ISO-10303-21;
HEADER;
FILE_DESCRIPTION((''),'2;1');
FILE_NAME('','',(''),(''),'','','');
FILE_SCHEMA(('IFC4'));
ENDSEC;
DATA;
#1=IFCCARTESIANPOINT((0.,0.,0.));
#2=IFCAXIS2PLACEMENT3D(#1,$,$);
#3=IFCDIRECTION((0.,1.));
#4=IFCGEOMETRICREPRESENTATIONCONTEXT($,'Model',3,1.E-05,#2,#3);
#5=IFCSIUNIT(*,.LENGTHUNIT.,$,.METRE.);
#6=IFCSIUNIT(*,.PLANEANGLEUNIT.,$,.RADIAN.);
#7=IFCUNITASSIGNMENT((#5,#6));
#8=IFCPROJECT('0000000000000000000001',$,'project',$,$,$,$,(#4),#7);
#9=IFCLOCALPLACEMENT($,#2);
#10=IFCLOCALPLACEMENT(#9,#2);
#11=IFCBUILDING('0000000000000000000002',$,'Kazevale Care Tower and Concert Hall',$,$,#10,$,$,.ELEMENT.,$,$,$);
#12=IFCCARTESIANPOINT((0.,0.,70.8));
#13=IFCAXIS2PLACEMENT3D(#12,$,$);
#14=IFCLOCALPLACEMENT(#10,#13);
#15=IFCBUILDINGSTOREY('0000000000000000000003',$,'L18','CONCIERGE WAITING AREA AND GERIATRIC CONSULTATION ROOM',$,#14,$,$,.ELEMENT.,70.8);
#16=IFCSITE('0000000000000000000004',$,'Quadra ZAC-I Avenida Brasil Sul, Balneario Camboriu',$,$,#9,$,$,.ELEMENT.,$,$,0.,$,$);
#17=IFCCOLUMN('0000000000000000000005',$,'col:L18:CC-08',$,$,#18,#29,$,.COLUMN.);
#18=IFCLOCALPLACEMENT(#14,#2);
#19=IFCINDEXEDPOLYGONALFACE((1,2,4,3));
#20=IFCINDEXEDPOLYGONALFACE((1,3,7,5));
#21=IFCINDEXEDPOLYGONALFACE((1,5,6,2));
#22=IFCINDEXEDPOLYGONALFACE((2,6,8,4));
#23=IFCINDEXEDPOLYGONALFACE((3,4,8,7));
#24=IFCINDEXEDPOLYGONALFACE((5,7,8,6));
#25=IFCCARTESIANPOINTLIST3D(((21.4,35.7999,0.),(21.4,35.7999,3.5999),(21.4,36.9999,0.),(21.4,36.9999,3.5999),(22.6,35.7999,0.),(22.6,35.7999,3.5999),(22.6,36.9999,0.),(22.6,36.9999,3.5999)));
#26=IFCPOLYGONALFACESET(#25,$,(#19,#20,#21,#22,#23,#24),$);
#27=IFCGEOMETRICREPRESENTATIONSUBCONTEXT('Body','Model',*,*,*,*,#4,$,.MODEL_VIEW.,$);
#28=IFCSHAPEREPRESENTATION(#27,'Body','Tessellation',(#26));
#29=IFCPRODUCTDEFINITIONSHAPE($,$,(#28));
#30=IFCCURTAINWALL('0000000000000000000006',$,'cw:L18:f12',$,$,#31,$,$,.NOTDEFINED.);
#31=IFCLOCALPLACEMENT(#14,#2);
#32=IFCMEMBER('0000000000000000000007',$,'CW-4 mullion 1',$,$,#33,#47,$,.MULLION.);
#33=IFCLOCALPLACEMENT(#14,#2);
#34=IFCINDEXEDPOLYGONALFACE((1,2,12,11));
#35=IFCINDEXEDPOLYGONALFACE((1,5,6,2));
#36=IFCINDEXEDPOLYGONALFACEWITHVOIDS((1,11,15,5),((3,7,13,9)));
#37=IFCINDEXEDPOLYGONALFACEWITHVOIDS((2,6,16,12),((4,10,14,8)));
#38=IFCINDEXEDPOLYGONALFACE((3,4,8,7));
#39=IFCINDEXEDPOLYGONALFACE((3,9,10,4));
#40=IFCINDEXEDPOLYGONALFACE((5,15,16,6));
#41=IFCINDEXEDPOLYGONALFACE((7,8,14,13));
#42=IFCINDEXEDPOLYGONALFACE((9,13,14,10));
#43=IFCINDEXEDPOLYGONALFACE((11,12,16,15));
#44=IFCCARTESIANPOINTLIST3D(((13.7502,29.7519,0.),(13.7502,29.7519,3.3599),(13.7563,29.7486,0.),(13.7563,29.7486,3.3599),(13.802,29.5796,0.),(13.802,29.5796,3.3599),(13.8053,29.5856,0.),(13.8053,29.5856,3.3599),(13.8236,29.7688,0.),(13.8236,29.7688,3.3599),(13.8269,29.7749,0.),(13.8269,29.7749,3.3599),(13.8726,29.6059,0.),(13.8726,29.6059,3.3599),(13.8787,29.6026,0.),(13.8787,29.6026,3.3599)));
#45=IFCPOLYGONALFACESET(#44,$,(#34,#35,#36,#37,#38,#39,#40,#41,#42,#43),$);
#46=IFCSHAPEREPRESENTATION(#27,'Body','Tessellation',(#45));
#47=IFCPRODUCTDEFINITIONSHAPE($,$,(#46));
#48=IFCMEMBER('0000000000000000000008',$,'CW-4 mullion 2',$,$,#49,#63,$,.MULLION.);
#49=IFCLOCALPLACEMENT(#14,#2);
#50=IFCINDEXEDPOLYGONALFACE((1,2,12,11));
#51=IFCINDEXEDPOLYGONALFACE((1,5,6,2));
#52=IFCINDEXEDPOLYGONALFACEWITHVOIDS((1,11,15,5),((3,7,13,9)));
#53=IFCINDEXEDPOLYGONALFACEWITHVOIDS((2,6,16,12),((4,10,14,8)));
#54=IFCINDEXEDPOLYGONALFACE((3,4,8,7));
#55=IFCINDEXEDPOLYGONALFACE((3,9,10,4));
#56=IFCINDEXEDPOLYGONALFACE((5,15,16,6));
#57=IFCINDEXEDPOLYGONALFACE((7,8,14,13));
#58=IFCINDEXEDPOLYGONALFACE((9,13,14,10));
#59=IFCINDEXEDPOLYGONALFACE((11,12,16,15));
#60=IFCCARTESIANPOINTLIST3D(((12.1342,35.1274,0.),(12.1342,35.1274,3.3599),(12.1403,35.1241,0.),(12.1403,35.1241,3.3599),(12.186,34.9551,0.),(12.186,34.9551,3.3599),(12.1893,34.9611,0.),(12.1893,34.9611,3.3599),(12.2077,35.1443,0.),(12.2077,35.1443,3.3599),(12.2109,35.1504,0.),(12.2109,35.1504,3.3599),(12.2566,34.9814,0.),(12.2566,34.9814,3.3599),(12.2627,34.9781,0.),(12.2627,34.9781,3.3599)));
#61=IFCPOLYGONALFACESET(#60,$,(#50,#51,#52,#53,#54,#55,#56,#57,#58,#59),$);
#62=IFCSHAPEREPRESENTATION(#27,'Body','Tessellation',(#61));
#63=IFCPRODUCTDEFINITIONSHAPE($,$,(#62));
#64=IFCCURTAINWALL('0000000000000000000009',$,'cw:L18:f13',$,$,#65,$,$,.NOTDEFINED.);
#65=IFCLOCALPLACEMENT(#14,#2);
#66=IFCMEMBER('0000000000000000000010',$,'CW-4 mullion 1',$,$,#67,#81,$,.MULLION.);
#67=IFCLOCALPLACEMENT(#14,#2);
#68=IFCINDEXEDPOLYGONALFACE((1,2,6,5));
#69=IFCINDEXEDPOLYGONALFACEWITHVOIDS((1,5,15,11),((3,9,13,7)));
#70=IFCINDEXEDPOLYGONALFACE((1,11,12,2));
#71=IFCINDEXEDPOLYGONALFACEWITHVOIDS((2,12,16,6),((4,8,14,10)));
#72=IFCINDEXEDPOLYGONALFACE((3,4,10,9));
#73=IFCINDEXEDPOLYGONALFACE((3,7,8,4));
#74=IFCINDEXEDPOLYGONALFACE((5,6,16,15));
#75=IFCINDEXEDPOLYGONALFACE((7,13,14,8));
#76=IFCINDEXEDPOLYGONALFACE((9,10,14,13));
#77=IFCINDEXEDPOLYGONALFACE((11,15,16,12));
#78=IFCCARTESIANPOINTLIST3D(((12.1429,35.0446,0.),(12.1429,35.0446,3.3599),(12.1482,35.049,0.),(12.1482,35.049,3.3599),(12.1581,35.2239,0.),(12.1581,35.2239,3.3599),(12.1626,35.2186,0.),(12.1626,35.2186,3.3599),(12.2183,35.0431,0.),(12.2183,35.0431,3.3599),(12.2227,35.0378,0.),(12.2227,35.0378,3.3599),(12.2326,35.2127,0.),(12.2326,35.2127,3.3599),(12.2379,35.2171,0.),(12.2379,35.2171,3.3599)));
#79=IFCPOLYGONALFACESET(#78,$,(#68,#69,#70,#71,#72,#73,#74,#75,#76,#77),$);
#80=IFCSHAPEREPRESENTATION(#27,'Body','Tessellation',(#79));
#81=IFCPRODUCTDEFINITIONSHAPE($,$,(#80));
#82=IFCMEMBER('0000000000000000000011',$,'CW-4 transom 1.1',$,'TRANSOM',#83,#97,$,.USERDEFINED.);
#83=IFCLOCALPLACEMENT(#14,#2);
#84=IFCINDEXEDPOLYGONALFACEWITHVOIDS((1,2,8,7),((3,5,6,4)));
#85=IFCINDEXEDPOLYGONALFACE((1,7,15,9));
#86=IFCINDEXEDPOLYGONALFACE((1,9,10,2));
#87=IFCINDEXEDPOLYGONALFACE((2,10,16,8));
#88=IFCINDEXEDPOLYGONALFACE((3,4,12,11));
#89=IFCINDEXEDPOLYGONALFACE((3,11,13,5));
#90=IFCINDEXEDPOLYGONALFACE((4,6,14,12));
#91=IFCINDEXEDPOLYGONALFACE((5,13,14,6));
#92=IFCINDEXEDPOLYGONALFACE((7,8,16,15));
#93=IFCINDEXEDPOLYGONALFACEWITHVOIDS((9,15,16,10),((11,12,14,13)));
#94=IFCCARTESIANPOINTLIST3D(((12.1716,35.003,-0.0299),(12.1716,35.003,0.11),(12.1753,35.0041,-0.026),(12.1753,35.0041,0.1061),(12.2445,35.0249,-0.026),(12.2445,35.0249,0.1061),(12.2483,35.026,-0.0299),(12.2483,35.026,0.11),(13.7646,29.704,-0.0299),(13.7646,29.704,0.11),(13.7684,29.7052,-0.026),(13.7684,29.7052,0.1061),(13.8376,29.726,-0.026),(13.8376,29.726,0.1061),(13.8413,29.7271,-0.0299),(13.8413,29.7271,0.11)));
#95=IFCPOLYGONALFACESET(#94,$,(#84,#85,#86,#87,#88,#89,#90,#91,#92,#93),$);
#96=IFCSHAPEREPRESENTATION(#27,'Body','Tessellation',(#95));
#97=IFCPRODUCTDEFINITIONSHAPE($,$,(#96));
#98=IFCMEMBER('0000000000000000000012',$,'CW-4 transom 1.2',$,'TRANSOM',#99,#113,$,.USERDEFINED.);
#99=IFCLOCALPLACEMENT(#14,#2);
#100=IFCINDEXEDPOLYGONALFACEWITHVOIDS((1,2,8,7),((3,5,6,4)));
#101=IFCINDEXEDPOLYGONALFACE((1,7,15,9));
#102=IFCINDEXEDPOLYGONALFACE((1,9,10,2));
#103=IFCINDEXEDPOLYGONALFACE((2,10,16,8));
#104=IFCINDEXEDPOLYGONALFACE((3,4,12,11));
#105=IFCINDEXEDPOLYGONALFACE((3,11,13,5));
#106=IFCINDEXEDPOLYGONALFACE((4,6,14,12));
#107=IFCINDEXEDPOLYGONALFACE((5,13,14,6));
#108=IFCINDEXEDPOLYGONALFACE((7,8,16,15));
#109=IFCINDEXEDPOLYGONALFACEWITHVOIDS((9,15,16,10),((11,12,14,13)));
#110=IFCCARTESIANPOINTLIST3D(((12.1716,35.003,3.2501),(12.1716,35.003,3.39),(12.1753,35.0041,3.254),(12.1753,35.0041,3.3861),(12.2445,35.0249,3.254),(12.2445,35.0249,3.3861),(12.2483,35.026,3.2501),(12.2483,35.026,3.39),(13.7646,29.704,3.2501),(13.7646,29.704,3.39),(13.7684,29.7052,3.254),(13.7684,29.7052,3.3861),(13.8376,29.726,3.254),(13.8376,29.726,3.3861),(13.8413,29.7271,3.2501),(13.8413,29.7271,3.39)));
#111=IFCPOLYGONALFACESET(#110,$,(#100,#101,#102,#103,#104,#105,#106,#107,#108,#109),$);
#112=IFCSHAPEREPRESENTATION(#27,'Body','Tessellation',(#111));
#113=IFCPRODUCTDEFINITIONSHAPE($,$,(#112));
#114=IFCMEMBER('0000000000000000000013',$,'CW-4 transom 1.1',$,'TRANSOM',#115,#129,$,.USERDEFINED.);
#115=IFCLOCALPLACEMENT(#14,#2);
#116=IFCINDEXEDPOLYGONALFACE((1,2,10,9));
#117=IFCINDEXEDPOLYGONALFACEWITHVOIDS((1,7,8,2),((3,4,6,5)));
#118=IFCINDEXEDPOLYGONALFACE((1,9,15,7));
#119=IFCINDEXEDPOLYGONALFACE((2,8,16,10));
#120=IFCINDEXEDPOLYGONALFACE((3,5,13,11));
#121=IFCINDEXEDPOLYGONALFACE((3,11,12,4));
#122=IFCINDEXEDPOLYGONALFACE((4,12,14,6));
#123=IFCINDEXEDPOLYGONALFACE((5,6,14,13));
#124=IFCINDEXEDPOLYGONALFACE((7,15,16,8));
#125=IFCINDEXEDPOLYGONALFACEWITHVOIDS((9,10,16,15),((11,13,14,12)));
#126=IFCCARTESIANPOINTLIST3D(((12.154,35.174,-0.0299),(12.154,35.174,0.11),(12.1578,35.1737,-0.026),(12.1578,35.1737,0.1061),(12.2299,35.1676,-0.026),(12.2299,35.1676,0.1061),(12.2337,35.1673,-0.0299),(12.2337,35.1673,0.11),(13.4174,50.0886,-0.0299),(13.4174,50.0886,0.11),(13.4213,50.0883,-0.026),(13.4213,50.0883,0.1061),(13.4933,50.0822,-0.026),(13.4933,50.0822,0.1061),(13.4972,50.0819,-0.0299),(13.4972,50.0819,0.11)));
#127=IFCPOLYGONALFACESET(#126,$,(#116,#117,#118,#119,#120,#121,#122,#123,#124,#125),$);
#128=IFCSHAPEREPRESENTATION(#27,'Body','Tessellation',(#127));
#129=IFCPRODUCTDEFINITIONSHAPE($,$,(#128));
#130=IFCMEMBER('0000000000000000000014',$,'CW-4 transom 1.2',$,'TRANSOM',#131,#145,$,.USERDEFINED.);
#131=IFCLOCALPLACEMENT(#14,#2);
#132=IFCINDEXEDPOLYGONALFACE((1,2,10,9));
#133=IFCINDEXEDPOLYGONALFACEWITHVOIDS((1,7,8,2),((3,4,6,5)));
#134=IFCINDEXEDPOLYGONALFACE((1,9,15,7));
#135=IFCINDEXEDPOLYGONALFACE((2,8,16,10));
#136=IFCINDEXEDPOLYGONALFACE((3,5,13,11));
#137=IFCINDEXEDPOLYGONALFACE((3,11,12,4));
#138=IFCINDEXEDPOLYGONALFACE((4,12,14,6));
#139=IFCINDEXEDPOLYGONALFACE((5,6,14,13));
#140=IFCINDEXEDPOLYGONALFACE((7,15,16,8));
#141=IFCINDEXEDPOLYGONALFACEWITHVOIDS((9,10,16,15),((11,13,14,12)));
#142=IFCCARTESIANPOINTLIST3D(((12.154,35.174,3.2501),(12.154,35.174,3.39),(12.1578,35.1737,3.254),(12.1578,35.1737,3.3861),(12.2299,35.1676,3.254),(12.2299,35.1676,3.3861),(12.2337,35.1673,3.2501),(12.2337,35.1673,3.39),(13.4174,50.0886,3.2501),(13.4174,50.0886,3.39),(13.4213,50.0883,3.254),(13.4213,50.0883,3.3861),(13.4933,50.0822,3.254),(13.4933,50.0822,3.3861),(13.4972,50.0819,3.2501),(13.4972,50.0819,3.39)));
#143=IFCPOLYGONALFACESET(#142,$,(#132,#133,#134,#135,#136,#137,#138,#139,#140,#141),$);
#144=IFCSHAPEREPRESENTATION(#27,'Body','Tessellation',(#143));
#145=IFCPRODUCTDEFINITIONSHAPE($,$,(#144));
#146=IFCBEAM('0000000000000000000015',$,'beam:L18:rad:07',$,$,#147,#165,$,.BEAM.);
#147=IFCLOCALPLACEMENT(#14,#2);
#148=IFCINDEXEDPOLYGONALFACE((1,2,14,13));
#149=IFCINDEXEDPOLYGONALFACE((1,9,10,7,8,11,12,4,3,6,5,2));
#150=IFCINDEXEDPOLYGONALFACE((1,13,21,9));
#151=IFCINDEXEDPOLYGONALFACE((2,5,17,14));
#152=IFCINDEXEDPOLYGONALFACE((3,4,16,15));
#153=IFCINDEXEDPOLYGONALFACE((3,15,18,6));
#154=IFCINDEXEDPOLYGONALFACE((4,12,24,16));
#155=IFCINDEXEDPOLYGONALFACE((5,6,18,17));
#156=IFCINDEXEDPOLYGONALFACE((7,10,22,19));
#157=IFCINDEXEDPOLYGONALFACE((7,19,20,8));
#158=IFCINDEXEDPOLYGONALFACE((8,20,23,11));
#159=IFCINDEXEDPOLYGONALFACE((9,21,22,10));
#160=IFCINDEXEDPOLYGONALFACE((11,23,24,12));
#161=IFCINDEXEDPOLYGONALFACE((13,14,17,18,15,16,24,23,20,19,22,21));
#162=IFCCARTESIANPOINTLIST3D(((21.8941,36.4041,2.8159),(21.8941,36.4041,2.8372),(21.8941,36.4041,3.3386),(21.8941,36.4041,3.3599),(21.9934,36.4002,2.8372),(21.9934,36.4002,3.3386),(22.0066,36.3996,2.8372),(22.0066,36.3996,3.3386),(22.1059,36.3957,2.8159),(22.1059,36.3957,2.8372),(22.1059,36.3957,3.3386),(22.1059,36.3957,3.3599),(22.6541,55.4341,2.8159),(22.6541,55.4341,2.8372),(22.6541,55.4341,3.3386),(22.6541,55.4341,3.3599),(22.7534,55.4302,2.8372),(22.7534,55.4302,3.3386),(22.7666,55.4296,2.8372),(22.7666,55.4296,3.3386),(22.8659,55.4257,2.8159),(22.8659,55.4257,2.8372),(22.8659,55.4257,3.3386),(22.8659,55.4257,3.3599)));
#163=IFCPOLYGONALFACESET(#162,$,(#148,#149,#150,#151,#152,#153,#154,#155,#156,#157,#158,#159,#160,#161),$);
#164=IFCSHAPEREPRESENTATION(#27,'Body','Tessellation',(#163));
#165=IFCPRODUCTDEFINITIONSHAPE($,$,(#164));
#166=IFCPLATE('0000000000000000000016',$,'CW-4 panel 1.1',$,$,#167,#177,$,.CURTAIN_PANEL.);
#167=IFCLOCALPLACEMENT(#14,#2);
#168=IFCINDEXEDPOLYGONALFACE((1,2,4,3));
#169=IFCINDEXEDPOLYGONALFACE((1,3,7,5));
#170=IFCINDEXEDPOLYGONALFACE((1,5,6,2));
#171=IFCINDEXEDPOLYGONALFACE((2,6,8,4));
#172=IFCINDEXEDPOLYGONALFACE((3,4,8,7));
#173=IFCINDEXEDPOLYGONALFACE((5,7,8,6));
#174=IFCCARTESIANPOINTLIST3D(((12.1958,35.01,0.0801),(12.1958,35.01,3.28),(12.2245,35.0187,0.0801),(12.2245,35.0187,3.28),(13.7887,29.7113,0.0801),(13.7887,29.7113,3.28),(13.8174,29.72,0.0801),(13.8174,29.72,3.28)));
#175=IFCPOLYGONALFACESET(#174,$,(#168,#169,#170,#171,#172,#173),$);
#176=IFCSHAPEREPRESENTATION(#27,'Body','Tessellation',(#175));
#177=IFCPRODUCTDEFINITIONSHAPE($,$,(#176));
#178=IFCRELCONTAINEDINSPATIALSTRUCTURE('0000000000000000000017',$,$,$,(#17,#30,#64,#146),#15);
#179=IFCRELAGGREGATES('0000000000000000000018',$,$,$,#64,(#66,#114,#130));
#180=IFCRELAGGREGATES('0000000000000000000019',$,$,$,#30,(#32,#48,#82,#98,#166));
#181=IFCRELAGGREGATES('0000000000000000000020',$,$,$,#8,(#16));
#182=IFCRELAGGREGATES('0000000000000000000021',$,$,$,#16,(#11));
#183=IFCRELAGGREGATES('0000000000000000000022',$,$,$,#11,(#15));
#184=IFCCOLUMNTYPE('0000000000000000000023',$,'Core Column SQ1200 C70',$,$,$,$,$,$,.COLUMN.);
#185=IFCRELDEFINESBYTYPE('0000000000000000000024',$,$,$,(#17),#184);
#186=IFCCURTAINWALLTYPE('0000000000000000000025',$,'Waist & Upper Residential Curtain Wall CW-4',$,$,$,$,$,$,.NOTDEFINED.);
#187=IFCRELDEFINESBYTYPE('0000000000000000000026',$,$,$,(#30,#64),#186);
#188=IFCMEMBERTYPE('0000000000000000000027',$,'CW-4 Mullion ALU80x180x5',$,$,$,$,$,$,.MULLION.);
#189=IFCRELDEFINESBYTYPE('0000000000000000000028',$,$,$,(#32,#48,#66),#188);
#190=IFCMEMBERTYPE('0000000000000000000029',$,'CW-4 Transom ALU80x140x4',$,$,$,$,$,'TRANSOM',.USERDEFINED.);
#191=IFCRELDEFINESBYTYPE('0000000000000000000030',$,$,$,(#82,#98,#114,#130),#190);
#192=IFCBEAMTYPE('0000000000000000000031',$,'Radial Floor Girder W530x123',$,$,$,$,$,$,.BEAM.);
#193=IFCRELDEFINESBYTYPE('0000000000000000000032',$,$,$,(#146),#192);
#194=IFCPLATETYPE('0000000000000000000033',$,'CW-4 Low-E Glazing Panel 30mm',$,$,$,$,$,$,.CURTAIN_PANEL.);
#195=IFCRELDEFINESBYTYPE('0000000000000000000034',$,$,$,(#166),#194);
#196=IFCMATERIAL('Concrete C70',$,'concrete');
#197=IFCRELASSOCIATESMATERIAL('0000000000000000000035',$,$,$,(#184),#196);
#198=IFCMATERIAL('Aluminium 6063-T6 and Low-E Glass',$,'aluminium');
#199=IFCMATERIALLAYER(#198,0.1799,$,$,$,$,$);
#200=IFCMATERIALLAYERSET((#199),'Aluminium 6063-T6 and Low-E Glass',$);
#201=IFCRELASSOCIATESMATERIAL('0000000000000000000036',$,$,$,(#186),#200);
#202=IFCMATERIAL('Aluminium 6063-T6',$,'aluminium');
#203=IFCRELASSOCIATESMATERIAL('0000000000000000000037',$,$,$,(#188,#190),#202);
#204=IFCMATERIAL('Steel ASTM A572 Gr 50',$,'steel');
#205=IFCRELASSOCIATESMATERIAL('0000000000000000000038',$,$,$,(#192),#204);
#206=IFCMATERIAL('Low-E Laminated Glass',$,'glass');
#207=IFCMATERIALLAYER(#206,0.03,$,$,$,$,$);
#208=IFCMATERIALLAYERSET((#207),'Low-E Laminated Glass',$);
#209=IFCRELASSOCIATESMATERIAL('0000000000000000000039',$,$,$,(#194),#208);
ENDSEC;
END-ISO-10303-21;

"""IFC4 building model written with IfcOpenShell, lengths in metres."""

from ifc_helpers import new_model, si_unit, direction, frame, origin, origin_2d, place, context, subcontext, project, spatial, rectangle, hollow_rectangle, i_section, extrude, material, layer, layer_set, material_profile, profile_set, type_object, element, aggregate, save


model = new_model("IFC4")

# Units and contexts
model_context = context("Model", 3, precision=1e-05, world=origin(), true_north=direction((0.0, 1.0)))
body_context = subcontext(model_context, "Body", "Model", "MODEL_VIEW")
ifc_project = project(units=[si_unit("LENGTHUNIT", "METRE"), si_unit("PLANEANGLEUNIT", "RADIAN")], contexts=[model_context])

# Site, building, storey
site_placement = place(None, origin())
site = spatial("IfcSite", under=ifc_project, at=site_placement, Name="Quadra ZAC-I Avenida Brasil Sul, Balneario Camboriu", CompositionType="ELEMENT", RefElevation=0.0)
building_placement = place(site_placement, origin())
building = spatial("IfcBuilding", under=site, at=building_placement, Name="Kazevale Care Tower and Concert Hall", CompositionType="ELEMENT")
storey_placement = place(building_placement, frame((0.0, 0.0, 70.8)))
storey = spatial("IfcBuildingStorey", under=building, at=storey_placement, Name="L18", Description="CONCIERGE WAITING AREA AND GERIATRIC CONSULTATION ROOM", CompositionType="ELEMENT", Elevation=70.8)

# Column
ifc_material_1 = material(Name="Concrete C70", Category="concrete")
ifc_material_profile_1 = material_profile(ifc_material_1, rectangle(XDim=1.2, YDim=1.2, at=origin_2d()), Name="RC-SQ1200")
ifc_profile_set_1 = profile_set([ifc_material_profile_1], Name="Concrete C70")
column_type = type_object("IfcColumnType", Name="Core Column SQ1200 C70", PredefinedType="COLUMN", material=ifc_profile_set_1)
column_placement = place(storey_placement, frame((22.0, 36.3999, 0.0), z_axis=(0.0, 0.0, 1.0), x_axis=(1.0, 0.0, 0.0)))
element("IfcColumn", 1, at=column_placement, inside=storey, type_object=column_type, Name="col:L18:CC-08", PredefinedType="COLUMN", context=body_context, shape_type="SweptSolid", body=[
    extrude(rectangle(XDim=1.2, YDim=1.2, at=origin_2d()), origin(), (0.0, 0.0, 1.0), 3.5999),
])

# Curtain wall, members
ifc_material_2 = material(Name="Aluminium 6063-T6 and Low-E Glass", Category="aluminium")
ifc_layer_1 = layer(ifc_material_2, 0.1799)
ifc_layer_set_1 = layer_set([ifc_layer_1], Name="Aluminium 6063-T6 and Low-E Glass")
curtain_wall_type = type_object("IfcCurtainWallType", Name="Waist & Upper Residential Curtain Wall CW-4", PredefinedType="NOTDEFINED", material=ifc_layer_set_1)
curtain_wall_1_placement = place(storey_placement, origin())
curtain_wall_1 = element("IfcCurtainWall", 2, at=curtain_wall_1_placement, inside=storey, type_object=curtain_wall_type, Name="cw:L18:f12", PredefinedType="NOTDEFINED")
ifc_material_3 = material(Name="Aluminium 6063-T6", Category="aluminium")
ifc_material_profile_2 = material_profile(ifc_material_3, hollow_rectangle(XDim=0.0801, YDim=0.1799, WallThickness=0.0049, at=origin_2d()), Name="ALU80x180x5")
ifc_profile_set_2 = profile_set([ifc_material_profile_2], Name="Aluminium 6063-T6")
member_type_1 = type_object("IfcMemberType", Name="CW-4 Mullion ALU80x180x5", PredefinedType="MULLION", material=ifc_profile_set_2)
member_1_placement = place(storey_placement, frame((13.8145, 29.6772, 0.0), z_axis=(0.0, 0.0, 1.0), x_axis=(-0.957662, -0.287896, 0.0)))
member_1 = element("IfcMember", 3, at=member_1_placement, type_object=member_type_1, Name="CW-4 mullion 1", PredefinedType="MULLION", context=body_context, shape_type="SweptSolid", body=[
    extrude(hollow_rectangle(XDim=0.0801, YDim=0.1799, WallThickness=0.0049, at=origin_2d()), origin(), (0.0, 0.0, 1.0), 3.3599),
])
member_2_placement = place(storey_placement, frame((12.1985, 35.0527, 0.0), z_axis=(0.0, 0.0, 1.0), x_axis=(-0.957662, -0.287896, 0.0)))
member_2 = element("IfcMember", 4, at=member_2_placement, type_object=member_type_1, Name="CW-4 mullion 2", PredefinedType="MULLION", context=body_context, shape_type="SweptSolid", body=[
    extrude(hollow_rectangle(XDim=0.0801, YDim=0.1799, WallThickness=0.0049, at=origin_2d()), origin(), (0.0, 0.0, 1.0), 3.3599),
])

# Curtain wall, member
curtain_wall_2_placement = place(storey_placement, origin())
curtain_wall_2 = element("IfcCurtainWall", 5, at=curtain_wall_2_placement, inside=storey, type_object=curtain_wall_type, Name="cw:L18:f13", PredefinedType="NOTDEFINED")
member_3_placement = place(storey_placement, frame((12.1904, 35.1309, 0.0), z_axis=(0.0, 0.0, 1.0), x_axis=(-0.996431, 0.084413, 0.0)))
member_3 = element("IfcMember", 6, at=member_3_placement, type_object=member_type_1, Name="CW-4 mullion 1", PredefinedType="MULLION", context=body_context, shape_type="SweptSolid", body=[
    extrude(hollow_rectangle(XDim=0.0801, YDim=0.1799, WallThickness=0.0049, at=origin_2d()), origin(), (0.0, 0.0, 1.0), 3.3599),
])

# Members
ifc_material_profile_3 = material_profile(ifc_material_3, hollow_rectangle(XDim=0.0801, YDim=0.1399, WallThickness=0.0039, at=origin_2d()), Name="ALU80x140x4")
ifc_profile_set_3 = profile_set([ifc_material_profile_3], Name="Aluminium 6063-T6")
member_type_2 = type_object("IfcMemberType", Name="CW-4 Transom ALU80x140x4", ElementType="TRANSOM", PredefinedType="USERDEFINED", material=ifc_profile_set_3)
member_4_placement = place(storey_placement, frame((13.803, 29.7156, 0.04), z_axis=(-0.287906, 0.957659, 0.0), x_axis=(-0.957659, -0.287906, 0.0)))
member_4 = element("IfcMember", 7, at=member_4_placement, type_object=member_type_2, Name="CW-4 transom 1.1", ObjectType="TRANSOM", PredefinedType="USERDEFINED", context=body_context, shape_type="SweptSolid", body=[
    extrude(hollow_rectangle(XDim=0.0801, YDim=0.1399, WallThickness=0.0039, at=origin_2d()), origin(), (0.0, 0.0, 1.0), 5.5332),
])
member_5_placement = place(storey_placement, frame((13.803, 29.7156, 3.3201), z_axis=(-0.287906, 0.957659, 0.0), x_axis=(-0.957659, -0.287906, 0.0)))
member_5 = element("IfcMember", 8, at=member_5_placement, type_object=member_type_2, Name="CW-4 transom 1.2", ObjectType="TRANSOM", PredefinedType="USERDEFINED", context=body_context, shape_type="SweptSolid", body=[
    extrude(hollow_rectangle(XDim=0.0801, YDim=0.1399, WallThickness=0.0039, at=origin_2d()), origin(), (0.0, 0.0, 1.0), 5.5332),
])
member_6_placement = place(storey_placement, frame((12.1938, 35.1707, 0.04), z_axis=(0.084409, 0.996431, 0.0), x_axis=(-0.996431, 0.084409, 0.0)))
member_6 = element("IfcMember", 9, at=member_6_placement, type_object=member_type_2, Name="CW-4 transom 1.1", ObjectType="TRANSOM", PredefinedType="USERDEFINED", context=body_context, shape_type="SweptSolid", body=[
    extrude(hollow_rectangle(XDim=0.0801, YDim=0.1399, WallThickness=0.0039, at=origin_2d()), origin(), (0.0, 0.0, 1.0), 14.968),
])
member_7_placement = place(storey_placement, frame((12.1938, 35.1707, 3.3201), z_axis=(0.084409, 0.996431, 0.0), x_axis=(-0.996431, 0.084409, 0.0)))
member_7 = element("IfcMember", 10, at=member_7_placement, type_object=member_type_2, Name="CW-4 transom 1.2", ObjectType="TRANSOM", PredefinedType="USERDEFINED", context=body_context, shape_type="SweptSolid", body=[
    extrude(hollow_rectangle(XDim=0.0801, YDim=0.1399, WallThickness=0.0039, at=origin_2d()), origin(), (0.0, 0.0, 1.0), 14.968),
])
aggregate(curtain_wall_2, [member_3, member_6, member_7])

# Beam
ifc_material_4 = material(Name="Steel ASTM A572 Gr 50", Category="steel")
ifc_material_profile_4 = material_profile(ifc_material_4, i_section(OverallWidth=0.2119, OverallDepth=0.5439, WebThickness=0.0132, FlangeThickness=0.0212, at=origin_2d()), Name="W530x123")
ifc_profile_set_4 = profile_set([ifc_material_profile_4], Name="Steel ASTM A572 Gr 50")
beam_type = type_object("IfcBeamType", Name="Radial Floor Girder W530x123", PredefinedType="BEAM", material=ifc_profile_set_4)
beam_placement = place(storey_placement, frame((22.0, 36.3999, 3.0879), z_axis=(0.039906, 0.999203, 0.0), x_axis=(-0.999203, 0.039906, 0.0)))
element("IfcBeam", 11, at=beam_placement, inside=storey, type_object=beam_type, Name="beam:L18:rad:07", PredefinedType="BEAM", context=body_context, shape_type="SweptSolid", body=[
    extrude(i_section(OverallWidth=0.2119, OverallDepth=0.5439, WebThickness=0.0132, FlangeThickness=0.0212, at=origin_2d()), origin(), (0.0, 0.0, 1.0), 19.0452),
])

# Plate
ifc_material_5 = material(Name="Low-E Laminated Glass", Category="glass")
ifc_layer_2 = layer(ifc_material_5, 0.03)
ifc_layer_set_2 = layer_set([ifc_layer_2], Name="Low-E Laminated Glass")
plate_type = type_object("IfcPlateType", Name="CW-4 Low-E Glazing Panel 30mm", PredefinedType="CURTAIN_PANEL", material=ifc_layer_set_2)
plate_placement = place(storey_placement, frame((13.0066, 32.365, 0.0801), z_axis=(0.0, 0.0, 1.0), x_axis=(-0.287896, 0.957662, 0.0)))
plate = element("IfcPlate", 12, at=plate_placement, type_object=plate_type, Name="CW-4 panel 1.1", PredefinedType="CURTAIN_PANEL", context=body_context, shape_type="SweptSolid", body=[
    extrude(rectangle(XDim=5.533, YDim=0.03, at=origin_2d()), origin(), (0.0, 0.0, 1.0), 3.2),
])
aggregate(curtain_wall_1, [member_1, member_2, member_4, member_5, plate])

save(model, "model.ifc")
